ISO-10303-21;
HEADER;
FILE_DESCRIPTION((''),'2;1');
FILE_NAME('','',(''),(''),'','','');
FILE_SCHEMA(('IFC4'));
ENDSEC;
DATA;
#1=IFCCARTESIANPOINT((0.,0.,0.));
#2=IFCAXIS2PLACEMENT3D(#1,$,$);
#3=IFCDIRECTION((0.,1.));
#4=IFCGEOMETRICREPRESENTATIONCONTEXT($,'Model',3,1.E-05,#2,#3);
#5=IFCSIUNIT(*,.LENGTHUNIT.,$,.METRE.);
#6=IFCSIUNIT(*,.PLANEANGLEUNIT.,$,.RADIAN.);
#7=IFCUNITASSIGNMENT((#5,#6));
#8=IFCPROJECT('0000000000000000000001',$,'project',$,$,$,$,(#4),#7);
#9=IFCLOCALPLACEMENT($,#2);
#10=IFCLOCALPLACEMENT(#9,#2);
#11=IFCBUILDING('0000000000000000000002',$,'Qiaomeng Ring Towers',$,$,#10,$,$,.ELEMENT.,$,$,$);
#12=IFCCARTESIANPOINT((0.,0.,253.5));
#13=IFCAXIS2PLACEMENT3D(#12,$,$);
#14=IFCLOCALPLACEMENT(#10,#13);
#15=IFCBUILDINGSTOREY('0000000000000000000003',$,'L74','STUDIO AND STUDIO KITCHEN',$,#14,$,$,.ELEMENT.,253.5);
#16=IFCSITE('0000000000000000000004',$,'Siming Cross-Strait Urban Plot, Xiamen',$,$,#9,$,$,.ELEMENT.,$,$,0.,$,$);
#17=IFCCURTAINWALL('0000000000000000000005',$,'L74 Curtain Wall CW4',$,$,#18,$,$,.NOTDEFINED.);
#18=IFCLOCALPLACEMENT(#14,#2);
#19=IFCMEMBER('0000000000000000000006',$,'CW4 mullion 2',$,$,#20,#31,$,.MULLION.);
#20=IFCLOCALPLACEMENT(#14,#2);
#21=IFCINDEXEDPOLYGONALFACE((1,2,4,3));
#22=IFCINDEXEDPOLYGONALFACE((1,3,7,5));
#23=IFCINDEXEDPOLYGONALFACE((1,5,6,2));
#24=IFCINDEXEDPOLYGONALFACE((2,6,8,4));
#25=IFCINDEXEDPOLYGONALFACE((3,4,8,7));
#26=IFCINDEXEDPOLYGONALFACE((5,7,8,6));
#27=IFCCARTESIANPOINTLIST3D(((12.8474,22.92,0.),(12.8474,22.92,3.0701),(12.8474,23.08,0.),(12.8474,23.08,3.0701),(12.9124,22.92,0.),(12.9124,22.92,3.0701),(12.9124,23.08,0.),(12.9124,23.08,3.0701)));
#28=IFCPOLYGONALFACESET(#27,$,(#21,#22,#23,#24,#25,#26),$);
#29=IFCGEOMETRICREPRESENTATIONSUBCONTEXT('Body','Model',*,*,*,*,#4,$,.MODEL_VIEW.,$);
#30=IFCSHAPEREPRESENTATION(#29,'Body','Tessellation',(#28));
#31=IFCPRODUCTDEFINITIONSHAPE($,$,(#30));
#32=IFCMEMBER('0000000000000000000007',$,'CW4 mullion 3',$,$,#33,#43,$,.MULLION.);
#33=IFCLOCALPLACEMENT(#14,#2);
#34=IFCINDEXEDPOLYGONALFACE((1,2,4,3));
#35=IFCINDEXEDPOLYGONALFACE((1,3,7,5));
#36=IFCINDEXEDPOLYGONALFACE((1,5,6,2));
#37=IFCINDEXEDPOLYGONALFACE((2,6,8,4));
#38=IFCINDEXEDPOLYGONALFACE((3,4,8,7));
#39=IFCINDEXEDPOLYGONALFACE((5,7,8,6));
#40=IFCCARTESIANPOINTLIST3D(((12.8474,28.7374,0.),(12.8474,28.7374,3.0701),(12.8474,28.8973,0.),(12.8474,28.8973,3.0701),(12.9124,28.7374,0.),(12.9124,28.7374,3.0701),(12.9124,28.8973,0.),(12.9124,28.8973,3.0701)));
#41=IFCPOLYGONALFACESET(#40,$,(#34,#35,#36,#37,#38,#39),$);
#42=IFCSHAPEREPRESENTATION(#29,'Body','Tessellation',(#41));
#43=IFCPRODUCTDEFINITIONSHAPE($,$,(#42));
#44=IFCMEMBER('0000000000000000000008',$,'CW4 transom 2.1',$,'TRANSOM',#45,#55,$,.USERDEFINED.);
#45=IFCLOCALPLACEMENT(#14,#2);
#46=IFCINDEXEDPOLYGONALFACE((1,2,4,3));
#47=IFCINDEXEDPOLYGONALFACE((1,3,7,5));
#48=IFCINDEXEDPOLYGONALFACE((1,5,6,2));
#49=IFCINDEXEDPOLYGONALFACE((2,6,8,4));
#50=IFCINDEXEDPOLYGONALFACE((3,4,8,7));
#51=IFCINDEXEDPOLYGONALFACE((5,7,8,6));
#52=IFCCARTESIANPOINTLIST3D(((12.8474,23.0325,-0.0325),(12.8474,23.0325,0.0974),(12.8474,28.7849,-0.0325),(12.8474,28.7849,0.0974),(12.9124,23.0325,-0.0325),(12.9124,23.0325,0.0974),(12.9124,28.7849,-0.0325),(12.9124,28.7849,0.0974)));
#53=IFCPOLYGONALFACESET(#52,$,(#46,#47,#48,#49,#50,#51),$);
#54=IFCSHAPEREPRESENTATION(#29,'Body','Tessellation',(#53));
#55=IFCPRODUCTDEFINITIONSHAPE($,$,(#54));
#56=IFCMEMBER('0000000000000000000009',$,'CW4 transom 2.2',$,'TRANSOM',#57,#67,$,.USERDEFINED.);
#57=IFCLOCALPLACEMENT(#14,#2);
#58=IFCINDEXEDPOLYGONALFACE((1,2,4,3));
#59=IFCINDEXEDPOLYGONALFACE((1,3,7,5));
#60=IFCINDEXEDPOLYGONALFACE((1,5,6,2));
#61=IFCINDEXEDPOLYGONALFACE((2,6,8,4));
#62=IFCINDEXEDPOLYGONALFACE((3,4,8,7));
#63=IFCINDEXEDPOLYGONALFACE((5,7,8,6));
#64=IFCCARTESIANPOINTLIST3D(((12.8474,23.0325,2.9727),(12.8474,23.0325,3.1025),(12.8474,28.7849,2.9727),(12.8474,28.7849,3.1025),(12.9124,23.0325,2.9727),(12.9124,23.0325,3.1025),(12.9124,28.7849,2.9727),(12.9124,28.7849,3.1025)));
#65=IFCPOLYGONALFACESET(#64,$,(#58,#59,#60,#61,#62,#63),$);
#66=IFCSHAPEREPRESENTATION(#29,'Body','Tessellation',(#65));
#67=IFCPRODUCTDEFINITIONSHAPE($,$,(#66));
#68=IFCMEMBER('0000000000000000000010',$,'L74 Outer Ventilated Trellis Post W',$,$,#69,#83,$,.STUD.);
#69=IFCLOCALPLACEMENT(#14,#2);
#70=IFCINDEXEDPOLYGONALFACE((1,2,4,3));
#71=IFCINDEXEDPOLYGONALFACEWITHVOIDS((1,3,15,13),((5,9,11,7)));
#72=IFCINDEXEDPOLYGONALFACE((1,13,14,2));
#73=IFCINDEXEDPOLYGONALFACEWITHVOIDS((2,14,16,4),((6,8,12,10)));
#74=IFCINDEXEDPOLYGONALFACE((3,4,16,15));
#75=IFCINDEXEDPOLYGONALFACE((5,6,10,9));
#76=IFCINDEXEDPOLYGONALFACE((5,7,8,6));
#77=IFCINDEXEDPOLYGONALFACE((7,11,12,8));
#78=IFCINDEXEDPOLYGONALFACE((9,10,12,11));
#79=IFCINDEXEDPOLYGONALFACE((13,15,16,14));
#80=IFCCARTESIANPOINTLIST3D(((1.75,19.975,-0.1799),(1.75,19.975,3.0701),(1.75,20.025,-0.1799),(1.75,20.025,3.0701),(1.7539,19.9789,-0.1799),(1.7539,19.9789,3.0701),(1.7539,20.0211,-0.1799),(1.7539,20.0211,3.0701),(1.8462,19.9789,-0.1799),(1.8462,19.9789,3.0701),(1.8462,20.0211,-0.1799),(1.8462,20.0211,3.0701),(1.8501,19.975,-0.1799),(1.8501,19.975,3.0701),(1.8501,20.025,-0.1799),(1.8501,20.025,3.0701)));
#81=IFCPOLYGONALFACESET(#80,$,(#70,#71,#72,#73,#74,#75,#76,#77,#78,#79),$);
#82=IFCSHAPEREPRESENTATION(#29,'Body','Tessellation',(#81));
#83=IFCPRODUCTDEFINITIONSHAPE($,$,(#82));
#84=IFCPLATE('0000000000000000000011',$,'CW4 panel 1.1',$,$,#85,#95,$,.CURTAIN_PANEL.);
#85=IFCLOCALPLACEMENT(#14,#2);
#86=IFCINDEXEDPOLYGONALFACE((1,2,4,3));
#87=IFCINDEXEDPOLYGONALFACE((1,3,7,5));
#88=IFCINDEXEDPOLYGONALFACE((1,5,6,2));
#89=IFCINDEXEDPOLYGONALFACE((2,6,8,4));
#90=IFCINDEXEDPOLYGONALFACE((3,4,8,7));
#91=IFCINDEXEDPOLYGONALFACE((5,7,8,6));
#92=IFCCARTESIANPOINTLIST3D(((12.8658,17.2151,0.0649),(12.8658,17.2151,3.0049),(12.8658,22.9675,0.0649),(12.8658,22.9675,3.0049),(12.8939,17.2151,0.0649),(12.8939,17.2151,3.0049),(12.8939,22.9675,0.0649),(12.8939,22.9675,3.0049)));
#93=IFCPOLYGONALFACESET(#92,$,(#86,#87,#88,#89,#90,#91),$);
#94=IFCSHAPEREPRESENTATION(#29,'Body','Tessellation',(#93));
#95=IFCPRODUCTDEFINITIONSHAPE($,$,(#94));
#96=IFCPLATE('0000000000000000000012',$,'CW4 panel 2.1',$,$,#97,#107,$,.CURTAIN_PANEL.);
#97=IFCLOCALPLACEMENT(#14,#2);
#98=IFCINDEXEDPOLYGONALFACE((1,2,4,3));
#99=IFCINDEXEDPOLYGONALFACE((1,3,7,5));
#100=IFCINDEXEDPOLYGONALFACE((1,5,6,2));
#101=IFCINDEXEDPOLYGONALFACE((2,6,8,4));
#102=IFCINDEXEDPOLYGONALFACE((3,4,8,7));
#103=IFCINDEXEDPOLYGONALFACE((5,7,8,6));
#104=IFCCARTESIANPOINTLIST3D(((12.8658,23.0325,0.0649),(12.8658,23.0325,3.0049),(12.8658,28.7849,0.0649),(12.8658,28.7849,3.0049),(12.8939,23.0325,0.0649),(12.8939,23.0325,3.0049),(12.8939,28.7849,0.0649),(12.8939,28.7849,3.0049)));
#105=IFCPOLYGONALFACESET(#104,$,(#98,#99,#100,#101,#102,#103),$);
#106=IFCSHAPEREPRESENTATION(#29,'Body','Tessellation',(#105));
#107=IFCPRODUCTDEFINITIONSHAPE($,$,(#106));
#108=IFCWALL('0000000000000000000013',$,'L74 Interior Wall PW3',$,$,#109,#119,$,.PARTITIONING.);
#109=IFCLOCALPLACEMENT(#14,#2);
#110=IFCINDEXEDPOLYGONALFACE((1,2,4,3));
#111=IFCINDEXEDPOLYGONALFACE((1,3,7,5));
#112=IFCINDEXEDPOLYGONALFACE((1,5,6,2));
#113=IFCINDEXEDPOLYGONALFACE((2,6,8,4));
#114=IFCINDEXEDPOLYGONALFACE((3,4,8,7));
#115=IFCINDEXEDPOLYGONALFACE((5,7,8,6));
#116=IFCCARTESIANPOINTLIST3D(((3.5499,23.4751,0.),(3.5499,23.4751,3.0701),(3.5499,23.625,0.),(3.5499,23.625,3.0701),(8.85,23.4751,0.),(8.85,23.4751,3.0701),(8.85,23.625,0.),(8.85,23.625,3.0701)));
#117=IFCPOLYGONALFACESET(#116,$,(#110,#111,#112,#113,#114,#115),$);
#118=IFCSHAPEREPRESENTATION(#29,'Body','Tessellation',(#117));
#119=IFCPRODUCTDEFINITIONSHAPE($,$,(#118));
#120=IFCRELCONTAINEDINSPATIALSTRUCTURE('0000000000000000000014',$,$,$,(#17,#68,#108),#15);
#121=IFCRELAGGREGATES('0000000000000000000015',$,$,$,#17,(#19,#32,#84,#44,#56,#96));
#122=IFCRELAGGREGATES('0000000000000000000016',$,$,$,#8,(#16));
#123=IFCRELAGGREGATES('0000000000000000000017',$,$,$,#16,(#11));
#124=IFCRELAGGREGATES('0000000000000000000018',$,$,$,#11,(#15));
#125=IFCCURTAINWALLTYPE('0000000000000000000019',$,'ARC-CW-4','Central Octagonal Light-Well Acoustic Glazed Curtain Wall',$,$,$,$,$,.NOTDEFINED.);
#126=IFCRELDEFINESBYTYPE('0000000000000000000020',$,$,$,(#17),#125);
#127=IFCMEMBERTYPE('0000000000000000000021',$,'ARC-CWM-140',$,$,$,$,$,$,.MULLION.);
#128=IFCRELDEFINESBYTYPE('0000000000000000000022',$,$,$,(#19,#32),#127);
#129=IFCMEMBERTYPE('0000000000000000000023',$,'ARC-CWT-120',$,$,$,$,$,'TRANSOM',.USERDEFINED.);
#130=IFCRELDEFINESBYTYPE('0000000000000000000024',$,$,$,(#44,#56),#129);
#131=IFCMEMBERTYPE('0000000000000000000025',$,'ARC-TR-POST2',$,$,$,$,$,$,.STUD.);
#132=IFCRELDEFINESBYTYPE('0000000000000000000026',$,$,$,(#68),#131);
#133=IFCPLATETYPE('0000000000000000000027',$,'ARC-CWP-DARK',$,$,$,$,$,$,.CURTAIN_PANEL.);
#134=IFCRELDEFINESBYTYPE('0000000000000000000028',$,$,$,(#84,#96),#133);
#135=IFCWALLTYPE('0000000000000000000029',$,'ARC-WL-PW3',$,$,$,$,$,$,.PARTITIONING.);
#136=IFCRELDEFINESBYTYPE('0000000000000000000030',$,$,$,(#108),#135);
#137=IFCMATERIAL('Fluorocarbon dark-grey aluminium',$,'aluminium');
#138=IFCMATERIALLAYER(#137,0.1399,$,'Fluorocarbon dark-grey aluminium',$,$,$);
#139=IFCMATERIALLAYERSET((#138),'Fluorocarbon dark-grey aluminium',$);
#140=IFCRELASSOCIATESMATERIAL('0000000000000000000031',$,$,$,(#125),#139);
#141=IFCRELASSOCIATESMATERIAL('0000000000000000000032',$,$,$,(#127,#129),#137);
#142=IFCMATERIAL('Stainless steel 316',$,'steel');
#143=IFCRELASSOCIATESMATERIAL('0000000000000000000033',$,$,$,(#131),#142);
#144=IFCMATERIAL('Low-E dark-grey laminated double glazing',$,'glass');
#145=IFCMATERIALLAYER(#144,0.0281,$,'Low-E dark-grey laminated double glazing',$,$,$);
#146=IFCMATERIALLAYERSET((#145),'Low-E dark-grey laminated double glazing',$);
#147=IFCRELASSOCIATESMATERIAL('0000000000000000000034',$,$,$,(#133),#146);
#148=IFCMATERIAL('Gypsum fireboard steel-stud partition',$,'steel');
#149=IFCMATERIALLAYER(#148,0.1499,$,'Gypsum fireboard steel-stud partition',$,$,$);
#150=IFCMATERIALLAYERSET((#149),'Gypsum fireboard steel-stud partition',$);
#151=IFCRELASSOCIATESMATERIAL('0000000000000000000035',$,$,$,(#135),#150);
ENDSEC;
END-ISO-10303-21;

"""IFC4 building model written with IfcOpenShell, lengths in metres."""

from ifc_helpers import new_model, si_unit, direction, frame, frame_2d, origin, origin_2d, place, context, subcontext, project, spatial, rectangle, hollow_rectangle, extrude, source, transform, mapped, material, layer, layer_set, material_profile, profile_set, type_object, element, aggregate, save


model = new_model("IFC4")

# Units and contexts
model_context = context("Model", 3, precision=1e-05, world=origin(), true_north=direction((0.0, 1.0)))
body_context = subcontext(model_context, "Body", "Model", "MODEL_VIEW")
ifc_project = project(units=[si_unit("LENGTHUNIT", "METRE"), si_unit("PLANEANGLEUNIT", "RADIAN")], contexts=[model_context])

# Site, building, storey
site_placement = place(None, origin())
site = spatial("IfcSite", under=ifc_project, at=site_placement, Name="Siming Cross-Strait Urban Plot, Xiamen", CompositionType="ELEMENT", RefElevation=0.0)
building_placement = place(site_placement, origin())
building = spatial("IfcBuilding", under=site, at=building_placement, Name="Qiaomeng Ring Towers", CompositionType="ELEMENT")
storey_placement = place(building_placement, frame((0.0, 0.0, 253.5)))
storey = spatial("IfcBuildingStorey", under=building, at=storey_placement, Name="L74", Description="STUDIO AND STUDIO KITCHEN", CompositionType="ELEMENT", Elevation=253.5)

# Curtain wall, members
ifc_material_1 = material(Name="Fluorocarbon dark-grey aluminium", Category="aluminium")
ifc_layer_1 = layer(ifc_material_1, 0.1399, Name="Fluorocarbon dark-grey aluminium")
ifc_layer_set_1 = layer_set([ifc_layer_1], Name="Fluorocarbon dark-grey aluminium")
curtain_wall_type = type_object("IfcCurtainWallType", Name="ARC-CW-4", Description="Central Octagonal Light-Well Acoustic Glazed Curtain Wall", PredefinedType="NOTDEFINED", material=ifc_layer_set_1)
curtain_wall_placement = place(storey_placement, origin())
curtain_wall = element("IfcCurtainWall", 1, at=curtain_wall_placement, inside=storey, type_object=curtain_wall_type, Name="L74 Curtain Wall CW4", PredefinedType="NOTDEFINED")
ifc_material_profile_1 = material_profile(ifc_material_1, rectangle(XDim=0.0649, YDim=0.1599, at=origin_2d()), Name="ALU MULL 65x160")
ifc_profile_set_1 = profile_set([ifc_material_profile_1], Name="Fluorocarbon dark-grey aluminium")
member_type_1 = type_object("IfcMemberType", Name="ARC-CWM-140", PredefinedType="MULLION", material=ifc_profile_set_1)
shared_shape_1 = source(origin(), body_context, "Body", "SweptSolid", [
    extrude(rectangle(XDim=0.0649, YDim=0.1599, at=origin_2d()), origin(), (0.0, 0.0, 1.0), 3.0701),
])
member_1_placement = place(storey_placement, frame((12.8799, 23.0, 0.0), z_axis=(0.0, 0.0, 1.0), x_axis=(-1.0, 0.0, 0.0)))
member_1 = element("IfcMember", 2, at=member_1_placement, type_object=member_type_1, Name="CW4 mullion 2", PredefinedType="MULLION", context=body_context, shape_type="MappedRepresentation", body=[
    mapped(shared_shape_1, transform((0.0, 0.0, 0.0), x_axis=(1.0, 0.0, 0.0), y_axis=(0.0, 1.0, 0.0), z_axis=(0.0, 0.0, 1.0), scale=1.0)),
])
member_2_placement = place(storey_placement, frame((12.8799, 28.8174, 0.0), z_axis=(0.0, 0.0, 1.0), x_axis=(-1.0, 0.0, 0.0)))
member_2 = element("IfcMember", 3, at=member_2_placement, type_object=member_type_1, Name="CW4 mullion 3", PredefinedType="MULLION", context=body_context, shape_type="MappedRepresentation", body=[
    mapped(shared_shape_1, transform((0.0, 0.0, 0.0), x_axis=(1.0, 0.0, 0.0), y_axis=(0.0, 1.0, 0.0), z_axis=(0.0, 0.0, 1.0), scale=1.0)),
])
ifc_material_profile_2 = material_profile(ifc_material_1, rectangle(XDim=0.0649, YDim=0.1299, at=origin_2d()), Name="ALU TRAN 65x130")
ifc_profile_set_2 = profile_set([ifc_material_profile_2], Name="Fluorocarbon dark-grey aluminium")
member_type_2 = type_object("IfcMemberType", Name="ARC-CWT-120", ElementType="TRANSOM", PredefinedType="USERDEFINED", material=ifc_profile_set_2)
shared_shape_2 = source(origin(), body_context, "Body", "SweptSolid", [
    extrude(rectangle(XDim=0.0649, YDim=0.1299, at=origin_2d()), origin(), (0.0, 0.0, 1.0), 5.7524),
])
member_3_placement = place(storey_placement, frame((12.8799, 23.0325, 0.0325), z_axis=(0.0, 1.0, 0.0), x_axis=(-1.0, 0.0, 0.0)))
member_3 = element("IfcMember", 4, at=member_3_placement, type_object=member_type_2, Name="CW4 transom 2.1", ObjectType="TRANSOM", PredefinedType="USERDEFINED", context=body_context, shape_type="MappedRepresentation", body=[
    mapped(shared_shape_2, transform((0.0, 0.0, 0.0), x_axis=(1.0, 0.0, 0.0), y_axis=(0.0, 1.0, 0.0), z_axis=(0.0, 0.0, 1.0), scale=1.0)),
])
member_4_placement = place(storey_placement, frame((12.8799, 23.0325, 3.0376), z_axis=(0.0, 1.0, 0.0), x_axis=(-1.0, 0.0, 0.0)))
member_4 = element("IfcMember", 5, at=member_4_placement, type_object=member_type_2, Name="CW4 transom 2.2", ObjectType="TRANSOM", PredefinedType="USERDEFINED", context=body_context, shape_type="MappedRepresentation", body=[
    mapped(shared_shape_2, transform((0.0, 0.0, 0.0), x_axis=(1.0, 0.0, 0.0), y_axis=(0.0, 1.0, 0.0), z_axis=(0.0, 0.0, 1.0), scale=1.0)),
])

# Member
ifc_material_2 = material(Name="Stainless steel 316", Category="steel")
ifc_material_profile_3 = material_profile(ifc_material_2, hollow_rectangle(XDim=0.05, YDim=0.1001, WallThickness=0.0039, at=origin_2d()), Name="SS TRELLIS 100x50")
ifc_profile_set_3 = profile_set([ifc_material_profile_3], Name="Stainless steel 316")
member_type_3 = type_object("IfcMemberType", Name="ARC-TR-POST2", PredefinedType="STUD", material=ifc_profile_set_3)
shared_shape_3 = source(origin(), body_context, "Body", "SweptSolid", [
    extrude(hollow_rectangle(XDim=0.05, YDim=0.1001, WallThickness=0.0039, at=origin_2d()), origin(), (0.0, 0.0, 1.0), 3.25),
])
member_5_placement = place(storey_placement, frame((1.8, 20.0, -0.1799), z_axis=(0.0, 0.0, 1.0), x_axis=(0.0, 1.0, 0.0)))
element("IfcMember", 6, at=member_5_placement, inside=storey, type_object=member_type_3, Name="L74 Outer Ventilated Trellis Post W", PredefinedType="STUD", context=body_context, shape_type="MappedRepresentation", body=[
    mapped(shared_shape_3, transform((0.0, 0.0, 0.0), x_axis=(1.0, 0.0, 0.0), y_axis=(0.0, 1.0, 0.0), z_axis=(0.0, 0.0, 1.0), scale=1.0)),
])

# Plates
ifc_material_3 = material(Name="Low-E dark-grey laminated double glazing", Category="glass")
ifc_layer_2 = layer(ifc_material_3, 0.0281, Name="Low-E dark-grey laminated double glazing")
ifc_layer_set_2 = layer_set([ifc_layer_2], Name="Low-E dark-grey laminated double glazing")
plate_type = type_object("IfcPlateType", Name="ARC-CWP-DARK", PredefinedType="CURTAIN_PANEL", material=ifc_layer_set_2)
shared_shape_4 = source(origin(), body_context, "Body", "SweptSolid", [
    extrude(rectangle(XDim=5.7524, YDim=0.0281, at=origin_2d()), origin(), (0.0, 0.0, 1.0), 2.9399),
])
plate_1_placement = place(storey_placement, frame((12.8799, 20.0913, 0.0649), z_axis=(0.0, 0.0, 1.0), x_axis=(0.0, 1.0, 0.0)))
plate_1 = element("IfcPlate", 7, at=plate_1_placement, type_object=plate_type, Name="CW4 panel 1.1", PredefinedType="CURTAIN_PANEL", context=body_context, shape_type="MappedRepresentation", body=[
    mapped(shared_shape_4, transform((0.0, 0.0, 0.0), x_axis=(1.0, 0.0, 0.0), y_axis=(0.0, 1.0, 0.0), z_axis=(0.0, 0.0, 1.0), scale=1.0)),
])
plate_2_placement = place(storey_placement, frame((12.8799, 25.9087, 0.0649), z_axis=(0.0, 0.0, 1.0), x_axis=(0.0, 1.0, 0.0)))
plate_2 = element("IfcPlate", 8, at=plate_2_placement, type_object=plate_type, Name="CW4 panel 2.1", PredefinedType="CURTAIN_PANEL", context=body_context, shape_type="MappedRepresentation", body=[
    mapped(shared_shape_4, transform((0.0, 0.0, 0.0), x_axis=(1.0, 0.0, 0.0), y_axis=(0.0, 1.0, 0.0), z_axis=(0.0, 0.0, 1.0), scale=1.0)),
])
aggregate(curtain_wall, [member_1, member_2, plate_1, member_3, member_4, plate_2])

# Wall
ifc_material_4 = material(Name="Gypsum fireboard steel-stud partition", Category="steel")
ifc_layer_3 = layer(ifc_material_4, 0.1499, Name="Gypsum fireboard steel-stud partition")
ifc_layer_set_3 = layer_set([ifc_layer_3], Name="Gypsum fireboard steel-stud partition")
wall_type_1 = type_object("IfcWallType", Name="ARC-WL-PW3", PredefinedType="PARTITIONING", material=ifc_layer_set_3)
wall_1_placement = place(storey_placement, frame((3.55, 23.55, 0.0), z_axis=(0.0, 0.0, 1.0), x_axis=(1.0, 0.0, 0.0)))
element("IfcWall", 9, at=wall_1_placement, inside=storey, type_object=wall_type_1, Name="L74 Interior Wall PW3", PredefinedType="PARTITIONING", context=body_context, shape_type="SweptSolid", body=[
    extrude(rectangle(XDim=5.3, YDim=0.1499, at=frame_2d((2.6499, 0.0))), origin(), (0.0, 0.0, 1.0), 3.0701),
])

save(model, "model.ifc")
